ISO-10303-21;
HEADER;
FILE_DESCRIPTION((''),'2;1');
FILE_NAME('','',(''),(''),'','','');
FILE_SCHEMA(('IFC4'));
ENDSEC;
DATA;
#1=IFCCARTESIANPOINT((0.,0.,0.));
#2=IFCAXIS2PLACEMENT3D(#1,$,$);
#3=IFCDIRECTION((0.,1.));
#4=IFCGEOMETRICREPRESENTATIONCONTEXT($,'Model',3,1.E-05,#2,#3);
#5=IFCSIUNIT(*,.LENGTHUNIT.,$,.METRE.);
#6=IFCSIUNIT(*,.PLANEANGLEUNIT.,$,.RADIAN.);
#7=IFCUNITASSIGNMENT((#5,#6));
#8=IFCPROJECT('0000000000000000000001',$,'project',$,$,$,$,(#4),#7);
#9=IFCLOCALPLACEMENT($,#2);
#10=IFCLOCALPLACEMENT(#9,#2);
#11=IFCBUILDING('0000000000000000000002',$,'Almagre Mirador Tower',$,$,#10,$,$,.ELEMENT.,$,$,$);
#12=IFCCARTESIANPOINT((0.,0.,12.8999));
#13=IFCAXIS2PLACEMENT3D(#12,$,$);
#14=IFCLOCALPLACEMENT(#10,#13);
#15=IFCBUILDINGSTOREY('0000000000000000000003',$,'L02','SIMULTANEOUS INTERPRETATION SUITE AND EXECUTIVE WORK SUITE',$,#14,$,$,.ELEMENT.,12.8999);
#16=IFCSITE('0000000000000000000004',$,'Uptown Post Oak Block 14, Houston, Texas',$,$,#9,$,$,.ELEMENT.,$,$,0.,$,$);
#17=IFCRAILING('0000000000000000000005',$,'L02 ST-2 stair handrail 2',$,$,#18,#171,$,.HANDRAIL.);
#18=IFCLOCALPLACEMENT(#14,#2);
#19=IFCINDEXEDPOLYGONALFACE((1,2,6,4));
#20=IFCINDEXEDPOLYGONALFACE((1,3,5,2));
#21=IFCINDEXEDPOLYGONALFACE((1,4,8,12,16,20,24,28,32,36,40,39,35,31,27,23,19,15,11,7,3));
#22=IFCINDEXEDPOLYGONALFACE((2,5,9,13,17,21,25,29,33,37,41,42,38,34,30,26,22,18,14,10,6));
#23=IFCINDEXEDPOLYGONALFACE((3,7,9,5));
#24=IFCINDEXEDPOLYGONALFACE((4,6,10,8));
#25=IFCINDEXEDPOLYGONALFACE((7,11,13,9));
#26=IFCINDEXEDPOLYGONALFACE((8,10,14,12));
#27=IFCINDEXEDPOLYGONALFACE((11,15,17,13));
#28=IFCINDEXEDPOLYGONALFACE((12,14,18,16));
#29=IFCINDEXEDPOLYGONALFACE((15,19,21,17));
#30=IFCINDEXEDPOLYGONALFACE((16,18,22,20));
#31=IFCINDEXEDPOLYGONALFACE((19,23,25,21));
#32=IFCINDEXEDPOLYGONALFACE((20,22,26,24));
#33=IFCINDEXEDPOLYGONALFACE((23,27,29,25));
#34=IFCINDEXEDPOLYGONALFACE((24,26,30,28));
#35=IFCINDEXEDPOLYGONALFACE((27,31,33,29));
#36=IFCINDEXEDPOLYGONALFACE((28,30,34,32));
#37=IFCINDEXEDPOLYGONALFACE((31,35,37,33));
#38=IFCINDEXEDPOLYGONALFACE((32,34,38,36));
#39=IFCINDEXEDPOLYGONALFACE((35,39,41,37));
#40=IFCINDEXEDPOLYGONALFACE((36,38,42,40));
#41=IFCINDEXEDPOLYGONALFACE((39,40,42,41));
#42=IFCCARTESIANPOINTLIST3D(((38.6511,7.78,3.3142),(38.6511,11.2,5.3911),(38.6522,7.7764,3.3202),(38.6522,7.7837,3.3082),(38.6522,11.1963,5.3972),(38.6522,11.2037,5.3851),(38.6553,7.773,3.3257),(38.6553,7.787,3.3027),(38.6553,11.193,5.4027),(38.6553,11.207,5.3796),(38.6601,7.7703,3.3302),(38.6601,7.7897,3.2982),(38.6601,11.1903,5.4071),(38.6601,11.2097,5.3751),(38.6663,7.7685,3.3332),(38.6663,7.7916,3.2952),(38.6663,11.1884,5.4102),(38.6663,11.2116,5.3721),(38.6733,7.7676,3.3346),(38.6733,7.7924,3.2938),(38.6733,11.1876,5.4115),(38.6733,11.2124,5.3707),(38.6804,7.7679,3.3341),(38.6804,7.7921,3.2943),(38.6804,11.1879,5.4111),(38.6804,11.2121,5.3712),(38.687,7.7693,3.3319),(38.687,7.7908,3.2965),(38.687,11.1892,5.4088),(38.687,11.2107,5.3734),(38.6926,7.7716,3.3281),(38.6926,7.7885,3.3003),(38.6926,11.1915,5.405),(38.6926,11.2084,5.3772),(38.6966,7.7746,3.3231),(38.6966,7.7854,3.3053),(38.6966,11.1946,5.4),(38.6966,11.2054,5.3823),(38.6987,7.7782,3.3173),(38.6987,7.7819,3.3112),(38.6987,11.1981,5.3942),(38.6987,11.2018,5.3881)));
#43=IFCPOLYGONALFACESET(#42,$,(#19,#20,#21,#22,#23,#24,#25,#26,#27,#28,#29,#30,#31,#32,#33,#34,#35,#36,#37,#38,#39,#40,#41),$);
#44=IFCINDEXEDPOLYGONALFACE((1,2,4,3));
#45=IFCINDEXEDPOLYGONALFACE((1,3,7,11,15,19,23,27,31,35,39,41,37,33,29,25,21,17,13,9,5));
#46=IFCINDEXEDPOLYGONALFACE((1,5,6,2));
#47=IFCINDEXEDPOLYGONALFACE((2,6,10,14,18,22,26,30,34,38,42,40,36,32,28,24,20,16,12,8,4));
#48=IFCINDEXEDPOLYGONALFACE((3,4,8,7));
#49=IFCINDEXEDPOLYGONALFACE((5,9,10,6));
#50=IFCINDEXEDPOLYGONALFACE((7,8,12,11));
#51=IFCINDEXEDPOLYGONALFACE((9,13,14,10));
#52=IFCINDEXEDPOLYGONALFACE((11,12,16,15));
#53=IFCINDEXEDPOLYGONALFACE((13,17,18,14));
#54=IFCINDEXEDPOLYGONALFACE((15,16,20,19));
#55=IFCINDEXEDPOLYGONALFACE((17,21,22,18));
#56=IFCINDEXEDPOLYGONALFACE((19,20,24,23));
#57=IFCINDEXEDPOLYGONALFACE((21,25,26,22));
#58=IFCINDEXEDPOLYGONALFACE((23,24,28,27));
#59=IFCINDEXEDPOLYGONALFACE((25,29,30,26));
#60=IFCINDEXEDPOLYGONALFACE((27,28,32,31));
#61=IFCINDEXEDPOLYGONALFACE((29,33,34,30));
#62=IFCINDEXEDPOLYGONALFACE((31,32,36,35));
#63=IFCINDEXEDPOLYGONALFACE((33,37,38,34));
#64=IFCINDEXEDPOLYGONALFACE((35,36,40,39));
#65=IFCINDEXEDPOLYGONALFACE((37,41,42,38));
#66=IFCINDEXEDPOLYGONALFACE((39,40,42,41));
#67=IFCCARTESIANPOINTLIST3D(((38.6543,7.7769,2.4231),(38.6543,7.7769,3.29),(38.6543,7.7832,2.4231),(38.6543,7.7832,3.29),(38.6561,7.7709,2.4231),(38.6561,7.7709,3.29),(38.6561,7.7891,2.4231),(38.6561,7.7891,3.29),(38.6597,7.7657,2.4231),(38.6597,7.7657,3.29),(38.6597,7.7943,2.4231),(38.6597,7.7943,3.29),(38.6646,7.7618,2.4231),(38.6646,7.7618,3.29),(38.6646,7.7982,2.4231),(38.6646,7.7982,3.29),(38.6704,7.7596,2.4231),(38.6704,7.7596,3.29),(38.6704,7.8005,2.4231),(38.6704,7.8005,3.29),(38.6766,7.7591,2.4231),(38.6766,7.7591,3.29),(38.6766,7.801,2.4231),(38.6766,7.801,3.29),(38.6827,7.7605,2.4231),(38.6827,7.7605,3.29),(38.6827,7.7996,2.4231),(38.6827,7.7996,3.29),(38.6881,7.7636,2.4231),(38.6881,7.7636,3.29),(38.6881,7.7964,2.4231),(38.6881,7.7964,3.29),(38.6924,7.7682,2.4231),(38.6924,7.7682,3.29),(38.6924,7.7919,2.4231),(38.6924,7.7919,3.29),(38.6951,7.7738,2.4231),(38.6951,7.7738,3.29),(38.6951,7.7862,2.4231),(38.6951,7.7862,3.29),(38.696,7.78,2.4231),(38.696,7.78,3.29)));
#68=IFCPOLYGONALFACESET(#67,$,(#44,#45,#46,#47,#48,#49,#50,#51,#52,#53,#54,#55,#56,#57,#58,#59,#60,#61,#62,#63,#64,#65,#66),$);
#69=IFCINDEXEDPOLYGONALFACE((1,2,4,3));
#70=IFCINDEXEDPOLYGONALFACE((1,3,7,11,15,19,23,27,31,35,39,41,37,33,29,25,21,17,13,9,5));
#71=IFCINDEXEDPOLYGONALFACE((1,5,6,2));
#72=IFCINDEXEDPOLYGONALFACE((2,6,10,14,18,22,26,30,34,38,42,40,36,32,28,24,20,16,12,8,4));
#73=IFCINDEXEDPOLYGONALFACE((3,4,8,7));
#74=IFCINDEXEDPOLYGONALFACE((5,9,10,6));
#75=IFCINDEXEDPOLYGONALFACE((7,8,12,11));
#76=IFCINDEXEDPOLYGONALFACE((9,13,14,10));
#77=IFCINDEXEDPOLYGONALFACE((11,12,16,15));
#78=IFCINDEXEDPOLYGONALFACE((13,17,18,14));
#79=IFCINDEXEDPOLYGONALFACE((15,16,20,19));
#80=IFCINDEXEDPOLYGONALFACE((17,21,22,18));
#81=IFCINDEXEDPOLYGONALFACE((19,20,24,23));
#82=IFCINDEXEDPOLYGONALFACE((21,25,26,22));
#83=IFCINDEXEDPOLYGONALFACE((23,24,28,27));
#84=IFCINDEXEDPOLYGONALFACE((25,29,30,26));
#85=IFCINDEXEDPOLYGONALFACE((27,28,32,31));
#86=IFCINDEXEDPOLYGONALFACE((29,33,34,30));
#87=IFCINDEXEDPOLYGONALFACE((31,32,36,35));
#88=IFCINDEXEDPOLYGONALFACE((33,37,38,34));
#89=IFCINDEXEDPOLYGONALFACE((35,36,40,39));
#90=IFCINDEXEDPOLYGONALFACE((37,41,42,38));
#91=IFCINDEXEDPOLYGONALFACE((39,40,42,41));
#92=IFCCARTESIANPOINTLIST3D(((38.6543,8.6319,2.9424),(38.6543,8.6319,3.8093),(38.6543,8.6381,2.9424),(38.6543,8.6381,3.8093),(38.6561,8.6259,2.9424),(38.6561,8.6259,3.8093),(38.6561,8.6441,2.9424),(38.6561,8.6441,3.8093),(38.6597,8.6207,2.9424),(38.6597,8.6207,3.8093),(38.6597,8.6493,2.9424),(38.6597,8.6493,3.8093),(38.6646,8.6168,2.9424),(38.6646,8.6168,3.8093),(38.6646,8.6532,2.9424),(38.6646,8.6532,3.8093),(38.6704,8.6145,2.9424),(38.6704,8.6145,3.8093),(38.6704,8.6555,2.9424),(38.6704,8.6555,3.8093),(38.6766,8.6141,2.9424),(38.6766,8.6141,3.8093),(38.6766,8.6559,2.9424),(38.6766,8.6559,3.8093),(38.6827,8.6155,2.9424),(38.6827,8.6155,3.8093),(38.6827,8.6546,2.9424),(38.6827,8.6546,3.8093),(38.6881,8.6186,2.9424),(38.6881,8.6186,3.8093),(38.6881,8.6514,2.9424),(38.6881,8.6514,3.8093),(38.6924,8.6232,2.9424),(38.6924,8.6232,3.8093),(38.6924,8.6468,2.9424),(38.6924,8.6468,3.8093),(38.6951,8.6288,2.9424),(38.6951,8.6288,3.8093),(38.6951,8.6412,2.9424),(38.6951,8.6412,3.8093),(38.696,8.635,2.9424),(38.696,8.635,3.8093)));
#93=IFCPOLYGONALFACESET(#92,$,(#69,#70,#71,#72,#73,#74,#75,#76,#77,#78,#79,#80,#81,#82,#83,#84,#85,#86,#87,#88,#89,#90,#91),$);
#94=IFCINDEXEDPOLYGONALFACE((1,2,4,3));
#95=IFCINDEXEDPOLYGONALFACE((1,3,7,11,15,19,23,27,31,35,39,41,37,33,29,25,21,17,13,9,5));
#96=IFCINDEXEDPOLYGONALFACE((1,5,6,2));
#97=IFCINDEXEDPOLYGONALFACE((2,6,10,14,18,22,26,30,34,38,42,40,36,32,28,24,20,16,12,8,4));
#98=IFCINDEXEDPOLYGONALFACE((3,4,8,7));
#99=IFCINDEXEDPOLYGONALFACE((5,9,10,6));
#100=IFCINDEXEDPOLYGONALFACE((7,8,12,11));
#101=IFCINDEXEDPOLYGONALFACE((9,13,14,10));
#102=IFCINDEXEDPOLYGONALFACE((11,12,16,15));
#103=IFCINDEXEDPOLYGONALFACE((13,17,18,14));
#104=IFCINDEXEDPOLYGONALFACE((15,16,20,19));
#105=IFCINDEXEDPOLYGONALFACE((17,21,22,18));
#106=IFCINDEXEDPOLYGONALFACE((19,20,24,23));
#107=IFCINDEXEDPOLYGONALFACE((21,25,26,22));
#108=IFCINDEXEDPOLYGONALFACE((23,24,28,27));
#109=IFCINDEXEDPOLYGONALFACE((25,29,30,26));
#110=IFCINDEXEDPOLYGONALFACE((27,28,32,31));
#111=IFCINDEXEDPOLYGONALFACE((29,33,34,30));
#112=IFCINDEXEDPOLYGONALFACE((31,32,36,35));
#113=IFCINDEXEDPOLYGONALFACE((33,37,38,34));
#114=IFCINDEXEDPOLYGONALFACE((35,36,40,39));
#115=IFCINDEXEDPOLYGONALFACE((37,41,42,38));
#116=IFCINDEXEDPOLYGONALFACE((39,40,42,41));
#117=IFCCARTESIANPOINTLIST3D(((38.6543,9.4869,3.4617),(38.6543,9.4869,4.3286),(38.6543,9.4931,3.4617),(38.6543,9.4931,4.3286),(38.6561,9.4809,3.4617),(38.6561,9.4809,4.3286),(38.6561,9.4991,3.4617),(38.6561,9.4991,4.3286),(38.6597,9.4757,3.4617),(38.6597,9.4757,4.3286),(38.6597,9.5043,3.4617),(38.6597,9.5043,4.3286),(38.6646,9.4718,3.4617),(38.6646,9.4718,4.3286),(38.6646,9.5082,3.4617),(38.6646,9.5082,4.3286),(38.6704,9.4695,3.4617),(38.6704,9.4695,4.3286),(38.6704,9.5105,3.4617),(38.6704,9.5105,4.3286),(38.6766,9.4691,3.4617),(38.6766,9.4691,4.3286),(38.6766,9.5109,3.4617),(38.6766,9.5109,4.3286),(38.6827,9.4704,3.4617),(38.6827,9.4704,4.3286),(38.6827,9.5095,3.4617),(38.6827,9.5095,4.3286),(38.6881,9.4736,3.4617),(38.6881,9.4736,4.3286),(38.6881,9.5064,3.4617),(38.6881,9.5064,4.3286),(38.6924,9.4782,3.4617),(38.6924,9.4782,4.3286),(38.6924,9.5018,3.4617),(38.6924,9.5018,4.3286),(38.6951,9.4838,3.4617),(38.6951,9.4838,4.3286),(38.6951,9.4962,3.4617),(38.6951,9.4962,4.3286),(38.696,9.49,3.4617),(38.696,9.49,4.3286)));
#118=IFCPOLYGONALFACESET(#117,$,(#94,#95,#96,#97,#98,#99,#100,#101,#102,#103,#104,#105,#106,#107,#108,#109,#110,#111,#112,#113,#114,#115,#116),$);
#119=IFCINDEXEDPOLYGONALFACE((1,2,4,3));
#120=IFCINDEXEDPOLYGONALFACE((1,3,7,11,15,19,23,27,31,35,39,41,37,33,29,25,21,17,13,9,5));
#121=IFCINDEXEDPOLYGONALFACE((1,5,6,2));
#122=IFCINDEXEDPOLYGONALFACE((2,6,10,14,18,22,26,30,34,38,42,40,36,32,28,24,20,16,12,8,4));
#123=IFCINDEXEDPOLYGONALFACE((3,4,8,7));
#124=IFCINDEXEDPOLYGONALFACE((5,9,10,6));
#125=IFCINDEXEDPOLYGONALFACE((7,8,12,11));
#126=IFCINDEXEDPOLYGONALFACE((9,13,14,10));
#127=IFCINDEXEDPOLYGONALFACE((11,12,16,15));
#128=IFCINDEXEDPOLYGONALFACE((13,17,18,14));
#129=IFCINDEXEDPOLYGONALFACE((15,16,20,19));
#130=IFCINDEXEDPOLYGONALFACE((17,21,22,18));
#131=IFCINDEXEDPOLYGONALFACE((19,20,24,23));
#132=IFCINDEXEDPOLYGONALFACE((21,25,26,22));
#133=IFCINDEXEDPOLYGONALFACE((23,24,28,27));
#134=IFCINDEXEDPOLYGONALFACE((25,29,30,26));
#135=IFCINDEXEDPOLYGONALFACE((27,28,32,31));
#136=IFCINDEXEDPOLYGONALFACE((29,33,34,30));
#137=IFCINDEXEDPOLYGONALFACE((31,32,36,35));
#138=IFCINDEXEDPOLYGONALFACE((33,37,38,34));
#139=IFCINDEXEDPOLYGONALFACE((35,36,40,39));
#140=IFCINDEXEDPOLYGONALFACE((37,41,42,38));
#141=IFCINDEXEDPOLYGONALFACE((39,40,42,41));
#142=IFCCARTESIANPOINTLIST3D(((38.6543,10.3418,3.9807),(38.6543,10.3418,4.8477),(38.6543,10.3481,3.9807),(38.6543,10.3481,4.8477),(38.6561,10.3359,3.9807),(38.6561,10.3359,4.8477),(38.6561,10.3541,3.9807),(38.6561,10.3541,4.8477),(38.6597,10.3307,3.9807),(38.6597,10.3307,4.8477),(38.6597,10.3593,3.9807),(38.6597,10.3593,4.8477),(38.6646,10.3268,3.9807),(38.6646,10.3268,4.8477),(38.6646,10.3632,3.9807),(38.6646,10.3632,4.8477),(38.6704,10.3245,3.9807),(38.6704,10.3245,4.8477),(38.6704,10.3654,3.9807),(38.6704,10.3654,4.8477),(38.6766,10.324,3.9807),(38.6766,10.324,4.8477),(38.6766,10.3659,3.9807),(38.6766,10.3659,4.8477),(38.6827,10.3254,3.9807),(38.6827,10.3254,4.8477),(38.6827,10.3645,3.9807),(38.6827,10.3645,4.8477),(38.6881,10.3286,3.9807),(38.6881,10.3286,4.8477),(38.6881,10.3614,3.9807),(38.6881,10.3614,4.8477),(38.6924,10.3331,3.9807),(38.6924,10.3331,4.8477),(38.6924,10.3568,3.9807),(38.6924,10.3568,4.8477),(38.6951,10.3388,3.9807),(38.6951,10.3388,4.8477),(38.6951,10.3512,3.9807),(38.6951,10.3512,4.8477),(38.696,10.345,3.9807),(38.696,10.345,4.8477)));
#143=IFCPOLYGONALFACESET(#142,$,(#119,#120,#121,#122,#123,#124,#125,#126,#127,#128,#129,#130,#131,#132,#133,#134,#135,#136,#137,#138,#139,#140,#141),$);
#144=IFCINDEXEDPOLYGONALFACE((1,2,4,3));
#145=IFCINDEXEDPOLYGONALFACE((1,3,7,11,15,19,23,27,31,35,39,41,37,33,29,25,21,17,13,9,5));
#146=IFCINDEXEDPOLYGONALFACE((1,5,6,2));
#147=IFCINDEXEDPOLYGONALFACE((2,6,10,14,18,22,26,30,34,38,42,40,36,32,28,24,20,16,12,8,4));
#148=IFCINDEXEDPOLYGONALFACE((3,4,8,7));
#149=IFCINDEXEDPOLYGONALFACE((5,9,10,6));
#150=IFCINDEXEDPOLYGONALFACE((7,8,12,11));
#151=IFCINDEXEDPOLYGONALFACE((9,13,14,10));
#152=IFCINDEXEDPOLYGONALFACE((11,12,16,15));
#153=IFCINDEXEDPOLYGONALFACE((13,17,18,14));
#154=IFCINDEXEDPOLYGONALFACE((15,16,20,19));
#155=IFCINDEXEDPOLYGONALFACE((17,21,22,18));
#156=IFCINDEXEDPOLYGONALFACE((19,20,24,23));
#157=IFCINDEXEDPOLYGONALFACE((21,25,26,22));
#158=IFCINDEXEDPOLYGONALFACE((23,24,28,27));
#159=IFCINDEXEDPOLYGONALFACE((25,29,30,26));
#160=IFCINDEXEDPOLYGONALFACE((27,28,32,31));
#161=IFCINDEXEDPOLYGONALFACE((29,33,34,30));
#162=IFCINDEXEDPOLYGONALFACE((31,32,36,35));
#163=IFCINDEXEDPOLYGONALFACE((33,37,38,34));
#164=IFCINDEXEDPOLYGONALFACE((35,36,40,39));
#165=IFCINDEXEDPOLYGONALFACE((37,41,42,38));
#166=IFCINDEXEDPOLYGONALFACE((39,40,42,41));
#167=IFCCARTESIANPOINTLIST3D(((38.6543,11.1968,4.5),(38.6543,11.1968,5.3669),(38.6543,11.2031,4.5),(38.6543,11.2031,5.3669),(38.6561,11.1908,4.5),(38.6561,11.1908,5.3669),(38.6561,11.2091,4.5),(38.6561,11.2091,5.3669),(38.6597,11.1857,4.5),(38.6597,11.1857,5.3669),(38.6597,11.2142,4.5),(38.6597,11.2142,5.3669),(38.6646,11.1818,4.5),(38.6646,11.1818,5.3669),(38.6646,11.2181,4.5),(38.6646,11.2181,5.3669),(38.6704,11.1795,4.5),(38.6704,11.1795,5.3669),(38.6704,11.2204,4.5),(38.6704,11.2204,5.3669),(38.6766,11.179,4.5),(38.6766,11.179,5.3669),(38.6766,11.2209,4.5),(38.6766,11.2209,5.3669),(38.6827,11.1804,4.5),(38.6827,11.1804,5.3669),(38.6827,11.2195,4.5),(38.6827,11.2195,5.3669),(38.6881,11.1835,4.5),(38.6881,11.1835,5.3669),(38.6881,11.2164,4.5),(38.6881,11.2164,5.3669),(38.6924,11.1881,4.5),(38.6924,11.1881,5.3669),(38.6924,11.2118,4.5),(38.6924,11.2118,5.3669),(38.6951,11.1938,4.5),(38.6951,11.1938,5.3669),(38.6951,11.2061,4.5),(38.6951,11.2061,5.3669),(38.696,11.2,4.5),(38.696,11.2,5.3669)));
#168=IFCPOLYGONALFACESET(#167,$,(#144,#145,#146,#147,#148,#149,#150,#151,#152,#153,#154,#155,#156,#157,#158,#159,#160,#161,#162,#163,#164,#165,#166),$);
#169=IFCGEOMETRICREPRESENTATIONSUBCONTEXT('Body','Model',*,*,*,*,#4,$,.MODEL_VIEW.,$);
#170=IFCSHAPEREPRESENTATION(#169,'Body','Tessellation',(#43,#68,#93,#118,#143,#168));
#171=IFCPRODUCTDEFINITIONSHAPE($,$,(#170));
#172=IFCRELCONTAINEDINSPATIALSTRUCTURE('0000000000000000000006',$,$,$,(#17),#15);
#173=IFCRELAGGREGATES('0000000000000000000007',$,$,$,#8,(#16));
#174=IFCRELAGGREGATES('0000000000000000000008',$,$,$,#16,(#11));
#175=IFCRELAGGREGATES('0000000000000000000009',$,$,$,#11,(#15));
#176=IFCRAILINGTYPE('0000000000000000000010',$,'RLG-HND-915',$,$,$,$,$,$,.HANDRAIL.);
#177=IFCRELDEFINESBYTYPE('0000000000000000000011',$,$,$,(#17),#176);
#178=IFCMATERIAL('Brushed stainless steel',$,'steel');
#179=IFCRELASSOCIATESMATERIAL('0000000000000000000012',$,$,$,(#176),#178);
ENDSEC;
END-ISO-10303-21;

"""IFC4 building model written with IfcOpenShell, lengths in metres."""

from ifc_helpers import new_model, si_unit, direction, frame, origin, origin_2d, place, context, subcontext, project, spatial, circle, extrude, material, type_object, element, save


model = new_model("IFC4")

# Units and contexts
model_context = context("Model", 3, precision=1e-05, world=origin(), true_north=direction((0.0, 1.0)))
body_context = subcontext(model_context, "Body", "Model", "MODEL_VIEW")
ifc_project = project(units=[si_unit("LENGTHUNIT", "METRE"), si_unit("PLANEANGLEUNIT", "RADIAN")], contexts=[model_context])

# Site, building, storey
site_placement = place(None, origin())
site = spatial("IfcSite", under=ifc_project, at=site_placement, Name="Uptown Post Oak Block 14, Houston, Texas", CompositionType="ELEMENT", RefElevation=0.0)
building_placement = place(site_placement, origin())
building = spatial("IfcBuilding", under=site, at=building_placement, Name="Almagre Mirador Tower", CompositionType="ELEMENT")
storey_placement = place(building_placement, frame((0.0, 0.0, 12.8999)))
storey = spatial("IfcBuildingStorey", under=building, at=storey_placement, Name="L02", Description="SIMULTANEOUS INTERPRETATION SUITE AND EXECUTIVE WORK SUITE", CompositionType="ELEMENT", Elevation=12.8999)

# Railing
ifc_material_1 = material(Name="Brushed stainless steel", Category="steel")
railing_type_1 = type_object("IfcRailingType", Name="RLG-HND-915", PredefinedType="HANDRAIL", material=ifc_material_1)
railing_1_placement = place(storey_placement, frame((38.675, 7.78, 2.4231)))
element("IfcRailing", 1, at=railing_1_placement, inside=storey, type_object=railing_type_1, Name="L02 ST-2 stair handrail 2", PredefinedType="HANDRAIL", context=body_context, shape_type="SweptSolid", body=[
    extrude(circle(Radius=0.0239, at=origin_2d()), frame((0.0, 0.0, 0.8911), z_axis=(0.0, 0.85473, 0.519074), x_axis=(-1.0, 0.0, 0.0)), (0.0, 0.0, 1.0), 4.0012),
    extrude(circle(Radius=0.021, at=origin_2d()), origin(), (0.0, 0.0, 1.0), 0.8669),
    extrude(circle(Radius=0.021, at=origin_2d()), frame((0.0, 0.855, 0.5193)), (0.0, 0.0, 1.0), 0.8669),
    extrude(circle(Radius=0.021, at=origin_2d()), frame((0.0, 1.71, 1.0386)), (0.0, 0.0, 1.0), 0.8669),
    extrude(circle(Radius=0.021, at=origin_2d()), frame((0.0, 2.5649, 1.5576)), (0.0, 0.0, 1.0), 0.8669),
    extrude(circle(Radius=0.021, at=origin_2d()), frame((0.0, 3.4199, 2.0769)), (0.0, 0.0, 1.0), 0.8669),
])

save(model, "model.ifc")
